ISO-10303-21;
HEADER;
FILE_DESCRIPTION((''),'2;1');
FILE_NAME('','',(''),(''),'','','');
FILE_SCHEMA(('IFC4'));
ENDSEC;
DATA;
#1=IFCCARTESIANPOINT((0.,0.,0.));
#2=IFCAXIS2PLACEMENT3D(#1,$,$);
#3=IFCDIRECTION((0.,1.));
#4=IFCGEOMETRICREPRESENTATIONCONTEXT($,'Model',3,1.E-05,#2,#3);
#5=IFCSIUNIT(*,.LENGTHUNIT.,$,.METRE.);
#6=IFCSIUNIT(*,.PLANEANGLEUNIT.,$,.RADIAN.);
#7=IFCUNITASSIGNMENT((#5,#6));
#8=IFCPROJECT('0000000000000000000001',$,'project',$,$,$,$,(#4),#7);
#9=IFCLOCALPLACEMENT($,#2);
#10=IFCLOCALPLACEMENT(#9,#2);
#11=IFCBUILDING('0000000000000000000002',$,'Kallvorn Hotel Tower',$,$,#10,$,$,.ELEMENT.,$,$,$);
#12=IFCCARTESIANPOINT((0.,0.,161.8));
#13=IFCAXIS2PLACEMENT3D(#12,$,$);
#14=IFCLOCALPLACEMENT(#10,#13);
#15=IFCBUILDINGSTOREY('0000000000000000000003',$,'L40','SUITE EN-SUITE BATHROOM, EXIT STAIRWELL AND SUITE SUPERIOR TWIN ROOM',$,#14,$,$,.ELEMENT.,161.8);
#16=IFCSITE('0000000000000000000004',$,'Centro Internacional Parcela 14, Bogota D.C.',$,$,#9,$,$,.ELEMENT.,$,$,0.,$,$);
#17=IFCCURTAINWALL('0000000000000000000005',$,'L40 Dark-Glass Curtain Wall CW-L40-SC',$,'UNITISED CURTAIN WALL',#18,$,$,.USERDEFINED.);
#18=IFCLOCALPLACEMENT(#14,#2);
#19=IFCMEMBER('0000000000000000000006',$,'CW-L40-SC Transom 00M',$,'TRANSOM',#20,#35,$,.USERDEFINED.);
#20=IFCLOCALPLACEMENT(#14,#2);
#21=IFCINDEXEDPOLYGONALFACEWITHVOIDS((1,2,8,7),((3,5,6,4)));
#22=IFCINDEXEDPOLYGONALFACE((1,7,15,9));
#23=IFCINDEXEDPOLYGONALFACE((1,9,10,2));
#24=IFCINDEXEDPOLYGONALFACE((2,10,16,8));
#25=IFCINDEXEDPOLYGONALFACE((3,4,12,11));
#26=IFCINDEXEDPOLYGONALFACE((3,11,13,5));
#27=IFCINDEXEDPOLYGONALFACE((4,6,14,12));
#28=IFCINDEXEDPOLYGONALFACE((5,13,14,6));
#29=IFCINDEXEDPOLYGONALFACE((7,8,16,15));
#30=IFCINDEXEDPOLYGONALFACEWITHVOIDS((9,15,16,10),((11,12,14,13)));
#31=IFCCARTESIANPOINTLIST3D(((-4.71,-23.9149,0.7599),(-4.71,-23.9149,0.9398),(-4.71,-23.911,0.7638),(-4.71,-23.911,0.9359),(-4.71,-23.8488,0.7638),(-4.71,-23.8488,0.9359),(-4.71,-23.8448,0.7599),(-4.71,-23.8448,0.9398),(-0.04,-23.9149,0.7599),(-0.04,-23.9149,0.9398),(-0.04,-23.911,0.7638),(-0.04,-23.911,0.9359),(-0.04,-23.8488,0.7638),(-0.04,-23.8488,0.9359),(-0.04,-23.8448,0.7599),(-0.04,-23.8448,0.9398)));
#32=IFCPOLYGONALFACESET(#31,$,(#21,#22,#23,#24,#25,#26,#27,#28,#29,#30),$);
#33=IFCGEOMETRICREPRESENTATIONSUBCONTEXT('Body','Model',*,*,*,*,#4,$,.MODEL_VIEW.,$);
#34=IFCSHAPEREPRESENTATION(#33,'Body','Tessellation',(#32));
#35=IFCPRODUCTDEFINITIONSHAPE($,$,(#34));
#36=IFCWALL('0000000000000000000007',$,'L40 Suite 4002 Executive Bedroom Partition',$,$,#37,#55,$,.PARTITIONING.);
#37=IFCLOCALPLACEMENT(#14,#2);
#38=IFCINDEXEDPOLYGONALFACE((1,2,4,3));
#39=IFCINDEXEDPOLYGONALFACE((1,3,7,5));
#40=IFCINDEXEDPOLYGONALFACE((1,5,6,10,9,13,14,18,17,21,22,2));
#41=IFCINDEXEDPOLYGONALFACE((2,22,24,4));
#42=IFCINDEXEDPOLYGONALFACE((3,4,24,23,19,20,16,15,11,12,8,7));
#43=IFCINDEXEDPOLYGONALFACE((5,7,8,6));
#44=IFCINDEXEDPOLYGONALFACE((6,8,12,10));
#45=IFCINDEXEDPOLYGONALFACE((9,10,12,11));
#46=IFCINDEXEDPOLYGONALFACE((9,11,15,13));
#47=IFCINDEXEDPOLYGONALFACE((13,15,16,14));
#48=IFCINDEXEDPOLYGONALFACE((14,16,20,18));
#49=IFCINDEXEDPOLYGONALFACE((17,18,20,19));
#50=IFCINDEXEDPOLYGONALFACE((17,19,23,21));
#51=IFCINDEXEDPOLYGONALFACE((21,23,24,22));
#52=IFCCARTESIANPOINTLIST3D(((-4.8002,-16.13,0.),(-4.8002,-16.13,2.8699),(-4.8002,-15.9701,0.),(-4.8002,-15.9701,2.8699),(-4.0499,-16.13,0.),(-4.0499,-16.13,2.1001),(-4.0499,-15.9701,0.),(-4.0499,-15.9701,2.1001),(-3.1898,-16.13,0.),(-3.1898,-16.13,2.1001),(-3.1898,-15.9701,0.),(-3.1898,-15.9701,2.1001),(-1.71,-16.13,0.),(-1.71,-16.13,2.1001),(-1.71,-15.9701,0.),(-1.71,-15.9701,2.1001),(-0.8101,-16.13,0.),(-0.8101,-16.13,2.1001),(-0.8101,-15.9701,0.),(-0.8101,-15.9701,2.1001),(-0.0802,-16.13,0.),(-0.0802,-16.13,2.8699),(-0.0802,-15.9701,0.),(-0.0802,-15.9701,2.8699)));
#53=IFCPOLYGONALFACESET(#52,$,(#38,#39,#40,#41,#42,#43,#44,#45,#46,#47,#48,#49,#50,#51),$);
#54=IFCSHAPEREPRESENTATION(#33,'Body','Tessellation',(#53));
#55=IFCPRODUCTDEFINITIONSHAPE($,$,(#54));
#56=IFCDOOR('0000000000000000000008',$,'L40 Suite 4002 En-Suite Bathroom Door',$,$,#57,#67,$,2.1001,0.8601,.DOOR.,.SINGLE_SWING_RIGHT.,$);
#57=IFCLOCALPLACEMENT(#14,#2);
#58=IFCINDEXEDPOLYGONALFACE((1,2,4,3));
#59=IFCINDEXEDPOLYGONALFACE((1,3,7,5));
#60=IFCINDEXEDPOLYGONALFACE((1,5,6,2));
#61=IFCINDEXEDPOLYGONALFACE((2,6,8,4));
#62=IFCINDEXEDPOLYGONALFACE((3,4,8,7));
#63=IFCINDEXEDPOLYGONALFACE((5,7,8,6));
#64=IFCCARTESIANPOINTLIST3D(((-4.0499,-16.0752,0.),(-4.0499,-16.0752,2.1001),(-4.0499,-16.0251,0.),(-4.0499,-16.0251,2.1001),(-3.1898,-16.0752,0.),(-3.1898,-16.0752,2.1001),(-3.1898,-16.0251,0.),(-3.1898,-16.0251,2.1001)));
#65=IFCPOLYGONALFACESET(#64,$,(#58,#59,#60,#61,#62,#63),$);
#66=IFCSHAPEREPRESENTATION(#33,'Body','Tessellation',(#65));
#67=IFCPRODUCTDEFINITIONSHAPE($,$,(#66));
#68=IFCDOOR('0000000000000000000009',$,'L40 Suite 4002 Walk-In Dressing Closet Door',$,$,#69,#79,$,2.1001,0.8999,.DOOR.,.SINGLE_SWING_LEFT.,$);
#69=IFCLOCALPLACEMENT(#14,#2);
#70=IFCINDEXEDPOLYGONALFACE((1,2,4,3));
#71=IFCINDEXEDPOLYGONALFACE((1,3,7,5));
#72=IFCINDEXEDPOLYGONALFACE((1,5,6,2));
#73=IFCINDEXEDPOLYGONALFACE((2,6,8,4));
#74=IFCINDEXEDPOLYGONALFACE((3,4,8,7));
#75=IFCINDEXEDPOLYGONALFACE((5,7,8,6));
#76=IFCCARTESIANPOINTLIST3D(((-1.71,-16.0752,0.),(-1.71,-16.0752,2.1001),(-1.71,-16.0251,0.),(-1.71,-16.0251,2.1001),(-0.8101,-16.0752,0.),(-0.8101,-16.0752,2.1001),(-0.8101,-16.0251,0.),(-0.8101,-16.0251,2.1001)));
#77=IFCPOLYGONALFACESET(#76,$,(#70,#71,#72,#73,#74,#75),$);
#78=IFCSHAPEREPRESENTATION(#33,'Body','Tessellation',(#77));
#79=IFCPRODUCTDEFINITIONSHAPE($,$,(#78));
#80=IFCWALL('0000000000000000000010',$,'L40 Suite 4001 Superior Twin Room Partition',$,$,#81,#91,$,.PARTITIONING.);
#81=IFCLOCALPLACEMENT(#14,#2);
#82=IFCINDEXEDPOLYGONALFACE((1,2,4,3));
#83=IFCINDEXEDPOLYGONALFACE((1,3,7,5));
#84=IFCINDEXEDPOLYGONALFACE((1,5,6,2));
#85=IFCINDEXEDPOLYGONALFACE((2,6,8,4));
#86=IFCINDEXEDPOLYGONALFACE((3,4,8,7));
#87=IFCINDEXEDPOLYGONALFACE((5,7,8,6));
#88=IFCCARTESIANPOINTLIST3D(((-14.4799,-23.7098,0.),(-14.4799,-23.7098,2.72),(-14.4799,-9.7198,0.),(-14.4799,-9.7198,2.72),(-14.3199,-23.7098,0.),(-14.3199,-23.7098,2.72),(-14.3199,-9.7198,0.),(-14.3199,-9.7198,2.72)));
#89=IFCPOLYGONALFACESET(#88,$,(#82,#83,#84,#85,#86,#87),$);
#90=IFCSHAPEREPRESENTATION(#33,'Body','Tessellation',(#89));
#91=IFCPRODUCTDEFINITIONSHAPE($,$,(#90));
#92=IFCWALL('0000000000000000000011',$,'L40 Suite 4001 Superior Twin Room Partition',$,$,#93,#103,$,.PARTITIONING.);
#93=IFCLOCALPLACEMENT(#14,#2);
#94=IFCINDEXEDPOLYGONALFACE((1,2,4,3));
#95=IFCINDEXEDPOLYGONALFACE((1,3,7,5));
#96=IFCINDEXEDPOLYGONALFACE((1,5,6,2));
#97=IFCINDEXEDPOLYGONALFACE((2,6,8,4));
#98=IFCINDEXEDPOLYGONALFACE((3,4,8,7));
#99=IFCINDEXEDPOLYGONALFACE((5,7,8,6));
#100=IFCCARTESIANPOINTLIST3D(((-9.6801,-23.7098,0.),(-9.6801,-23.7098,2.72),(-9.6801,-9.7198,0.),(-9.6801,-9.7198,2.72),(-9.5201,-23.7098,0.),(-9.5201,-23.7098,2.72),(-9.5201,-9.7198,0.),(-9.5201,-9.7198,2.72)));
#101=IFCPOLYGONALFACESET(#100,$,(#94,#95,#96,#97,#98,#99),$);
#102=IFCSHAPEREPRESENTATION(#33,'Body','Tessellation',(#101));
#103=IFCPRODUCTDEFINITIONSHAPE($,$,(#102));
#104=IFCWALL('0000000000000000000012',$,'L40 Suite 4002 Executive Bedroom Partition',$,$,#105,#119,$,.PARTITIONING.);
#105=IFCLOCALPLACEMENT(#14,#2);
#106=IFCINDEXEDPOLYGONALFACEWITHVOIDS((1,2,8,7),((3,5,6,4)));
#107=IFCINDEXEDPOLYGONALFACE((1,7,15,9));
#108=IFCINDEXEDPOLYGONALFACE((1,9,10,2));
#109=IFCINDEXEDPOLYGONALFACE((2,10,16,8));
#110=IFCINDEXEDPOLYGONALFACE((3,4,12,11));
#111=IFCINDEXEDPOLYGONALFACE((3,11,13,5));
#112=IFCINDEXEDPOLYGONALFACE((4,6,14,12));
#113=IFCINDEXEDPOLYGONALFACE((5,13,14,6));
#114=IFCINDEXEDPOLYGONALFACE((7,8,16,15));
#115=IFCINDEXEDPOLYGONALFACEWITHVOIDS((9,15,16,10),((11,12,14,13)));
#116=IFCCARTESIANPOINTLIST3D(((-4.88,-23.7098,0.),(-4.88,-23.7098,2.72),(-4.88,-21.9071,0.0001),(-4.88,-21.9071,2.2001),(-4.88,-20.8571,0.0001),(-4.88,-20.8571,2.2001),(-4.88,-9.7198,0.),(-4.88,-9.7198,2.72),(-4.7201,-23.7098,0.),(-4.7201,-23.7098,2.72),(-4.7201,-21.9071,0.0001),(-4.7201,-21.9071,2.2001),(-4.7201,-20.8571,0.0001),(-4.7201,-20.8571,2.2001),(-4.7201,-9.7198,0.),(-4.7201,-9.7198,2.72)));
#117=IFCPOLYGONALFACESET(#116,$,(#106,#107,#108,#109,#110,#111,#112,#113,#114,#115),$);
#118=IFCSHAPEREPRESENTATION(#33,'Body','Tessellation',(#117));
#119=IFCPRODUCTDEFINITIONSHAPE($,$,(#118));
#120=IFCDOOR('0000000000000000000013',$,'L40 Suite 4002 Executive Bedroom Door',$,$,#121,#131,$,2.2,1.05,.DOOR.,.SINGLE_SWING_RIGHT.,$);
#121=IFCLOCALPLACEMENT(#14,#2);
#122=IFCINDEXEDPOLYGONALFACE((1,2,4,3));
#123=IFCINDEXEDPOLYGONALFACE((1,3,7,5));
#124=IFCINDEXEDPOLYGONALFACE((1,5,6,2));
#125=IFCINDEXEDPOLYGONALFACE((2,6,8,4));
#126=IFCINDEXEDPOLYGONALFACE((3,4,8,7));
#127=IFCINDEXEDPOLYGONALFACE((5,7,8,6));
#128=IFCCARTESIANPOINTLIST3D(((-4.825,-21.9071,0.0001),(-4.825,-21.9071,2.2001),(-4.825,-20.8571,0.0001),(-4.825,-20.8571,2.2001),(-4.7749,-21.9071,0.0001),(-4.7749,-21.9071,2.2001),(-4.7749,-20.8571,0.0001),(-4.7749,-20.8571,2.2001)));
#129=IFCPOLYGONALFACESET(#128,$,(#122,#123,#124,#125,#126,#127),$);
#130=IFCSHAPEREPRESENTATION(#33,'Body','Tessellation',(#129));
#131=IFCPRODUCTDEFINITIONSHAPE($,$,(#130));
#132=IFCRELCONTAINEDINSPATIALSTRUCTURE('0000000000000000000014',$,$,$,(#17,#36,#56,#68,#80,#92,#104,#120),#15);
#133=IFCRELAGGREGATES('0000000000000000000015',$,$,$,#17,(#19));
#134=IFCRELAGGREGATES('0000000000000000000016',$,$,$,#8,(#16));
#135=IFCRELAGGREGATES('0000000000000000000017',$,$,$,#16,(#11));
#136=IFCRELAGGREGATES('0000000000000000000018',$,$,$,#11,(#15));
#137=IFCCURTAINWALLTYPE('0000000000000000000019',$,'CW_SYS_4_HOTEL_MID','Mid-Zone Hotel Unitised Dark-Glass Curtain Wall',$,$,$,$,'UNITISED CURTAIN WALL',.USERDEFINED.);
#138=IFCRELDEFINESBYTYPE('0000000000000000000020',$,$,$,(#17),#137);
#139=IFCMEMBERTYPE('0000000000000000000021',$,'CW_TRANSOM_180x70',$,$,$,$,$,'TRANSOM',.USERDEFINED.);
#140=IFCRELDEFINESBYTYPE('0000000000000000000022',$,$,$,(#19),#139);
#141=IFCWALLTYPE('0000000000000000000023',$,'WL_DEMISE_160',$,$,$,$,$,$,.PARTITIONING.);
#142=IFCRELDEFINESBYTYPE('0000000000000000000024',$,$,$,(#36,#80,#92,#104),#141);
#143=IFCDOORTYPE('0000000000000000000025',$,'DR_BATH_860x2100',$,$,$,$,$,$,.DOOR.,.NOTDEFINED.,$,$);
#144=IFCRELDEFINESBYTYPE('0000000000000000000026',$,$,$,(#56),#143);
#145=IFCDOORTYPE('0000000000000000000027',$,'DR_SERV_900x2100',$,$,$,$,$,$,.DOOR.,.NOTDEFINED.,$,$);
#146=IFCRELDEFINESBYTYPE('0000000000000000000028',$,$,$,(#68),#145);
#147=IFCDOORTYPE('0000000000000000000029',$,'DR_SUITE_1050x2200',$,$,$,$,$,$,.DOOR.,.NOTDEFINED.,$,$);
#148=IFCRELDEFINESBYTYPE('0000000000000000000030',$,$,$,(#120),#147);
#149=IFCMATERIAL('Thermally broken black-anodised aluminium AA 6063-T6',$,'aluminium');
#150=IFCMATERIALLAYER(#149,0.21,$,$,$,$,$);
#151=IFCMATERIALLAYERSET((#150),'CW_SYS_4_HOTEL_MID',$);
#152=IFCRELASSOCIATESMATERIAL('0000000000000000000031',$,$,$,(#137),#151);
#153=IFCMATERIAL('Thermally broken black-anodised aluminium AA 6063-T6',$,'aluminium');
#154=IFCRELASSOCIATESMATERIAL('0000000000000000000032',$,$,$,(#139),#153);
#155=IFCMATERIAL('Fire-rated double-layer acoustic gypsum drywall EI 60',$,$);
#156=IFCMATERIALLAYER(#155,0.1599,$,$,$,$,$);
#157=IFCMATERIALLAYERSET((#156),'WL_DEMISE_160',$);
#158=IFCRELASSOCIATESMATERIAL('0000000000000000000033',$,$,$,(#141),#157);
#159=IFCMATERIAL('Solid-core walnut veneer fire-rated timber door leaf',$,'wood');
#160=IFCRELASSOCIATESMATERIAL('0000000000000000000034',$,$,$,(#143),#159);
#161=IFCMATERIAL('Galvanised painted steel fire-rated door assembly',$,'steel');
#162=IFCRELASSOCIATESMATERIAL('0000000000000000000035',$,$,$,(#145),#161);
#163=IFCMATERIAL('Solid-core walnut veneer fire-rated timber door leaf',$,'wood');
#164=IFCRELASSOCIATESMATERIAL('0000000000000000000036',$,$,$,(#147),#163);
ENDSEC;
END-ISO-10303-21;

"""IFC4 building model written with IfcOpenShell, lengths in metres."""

from ifc_helpers import new_model, si_unit, direction, frame, frame_2d, origin, origin_2d, place, context, subcontext, project, spatial, rectangle, hollow_rectangle, extrude, material, layer, layer_set, material_profile, profile_set, type_object, element, fill, aggregate, save


model = new_model("IFC4")

# Units and contexts
model_context = context("Model", 3, precision=1e-05, world=origin(), true_north=direction((0.0, 1.0)))
body_context = subcontext(model_context, "Body", "Model", "MODEL_VIEW")
ifc_project = project(units=[si_unit("LENGTHUNIT", "METRE"), si_unit("PLANEANGLEUNIT", "RADIAN")], contexts=[model_context])

# Site, building, storey
site_placement = place(None, origin())
site = spatial("IfcSite", under=ifc_project, at=site_placement, Name="Centro Internacional Parcela 14, Bogota D.C.", CompositionType="ELEMENT", RefElevation=0.0)
building_placement = place(site_placement, origin())
building = spatial("IfcBuilding", under=site, at=building_placement, Name="Kallvorn Hotel Tower", CompositionType="ELEMENT")
storey_placement = place(building_placement, frame((0.0, 0.0, 161.8)))
storey = spatial("IfcBuildingStorey", under=building, at=storey_placement, Name="L40", Description="SUITE EN-SUITE BATHROOM, EXIT STAIRWELL AND SUITE SUPERIOR TWIN ROOM", CompositionType="ELEMENT", Elevation=161.8)

# Curtain wall, member
ifc_material_1 = material(Name="Thermally broken black-anodised aluminium AA 6063-T6", Category="aluminium")
ifc_layer_1 = layer(ifc_material_1, 0.21)
ifc_layer_set_1 = layer_set([ifc_layer_1], Name="CW_SYS_4_HOTEL_MID")
curtain_wall_type = type_object("IfcCurtainWallType", Name="CW_SYS_4_HOTEL_MID", Description="Mid-Zone Hotel Unitised Dark-Glass Curtain Wall", ElementType="UNITISED CURTAIN WALL", PredefinedType="USERDEFINED", material=ifc_layer_set_1)
curtain_wall_placement = place(storey_placement, origin())
curtain_wall = element("IfcCurtainWall", 1, at=curtain_wall_placement, inside=storey, type_object=curtain_wall_type, Name="L40 Dark-Glass Curtain Wall CW-L40-SC", ObjectType="UNITISED CURTAIN WALL", PredefinedType="USERDEFINED")
ifc_material_2 = material(Name="Thermally broken black-anodised aluminium AA 6063-T6", Category="aluminium")
ifc_material_profile_1 = material_profile(ifc_material_2, hollow_rectangle(XDim=0.0701, YDim=0.1799, WallThickness=0.0039, at=origin_2d()), Name="TRN 180x70")
ifc_profile_set_1 = profile_set([ifc_material_profile_1], Name="Thermally broken black-anodised aluminium AA 6063-T6")
member_type_1 = type_object("IfcMemberType", Name="CW_TRANSOM_180x70", ElementType="TRANSOM", PredefinedType="USERDEFINED", material=ifc_profile_set_1)
member_1_placement = place(storey_placement, frame((-4.71, -23.8799, 0.8499), z_axis=(1.0, 0.0, 0.0), x_axis=(0.0, 1.0, 0.0)))
member_1 = element("IfcMember", 2, at=member_1_placement, type_object=member_type_1, Name="CW-L40-SC Transom 00M", ObjectType="TRANSOM", PredefinedType="USERDEFINED", context=body_context, shape_type="SweptSolid", body=[
    extrude(hollow_rectangle(XDim=0.0701, YDim=0.1799, WallThickness=0.0039, at=origin_2d()), origin(), (0.0, 0.0, 1.0), 4.6699),
])
aggregate(curtain_wall, [member_1])

# Wall, openings, doors
ifc_material_3 = material(Name="Fire-rated double-layer acoustic gypsum drywall EI 60")
ifc_layer_2 = layer(ifc_material_3, 0.1599)
ifc_layer_set_2 = layer_set([ifc_layer_2], Name="WL_DEMISE_160")
wall_type = type_object("IfcWallType", Name="WL_DEMISE_160", PredefinedType="PARTITIONING", material=ifc_layer_set_2)
wall_1_placement = place(storey_placement, frame((-4.8, -16.05, 0.0), z_axis=(0.0, 0.0, 1.0), x_axis=(1.0, 0.0, 0.0)))
wall_1 = element("IfcWall", 3, at=wall_1_placement, inside=storey, type_object=wall_type, Name="L40 Suite 4002 Executive Bedroom Partition", PredefinedType="PARTITIONING", context=body_context, shape_type="SweptSolid", body=[
    extrude(rectangle(XDim=4.72, YDim=0.1599, at=frame_2d((2.3599, 0.0))), origin(), (0.0, 0.0, 1.0), 2.8699),
])
opening_1_placement = place(wall_1_placement, frame((0.75, 0.0, 0.0)))
opening_1 = element("IfcOpeningElement", 4, at=opening_1_placement, cuts=wall_1, PredefinedType="OPENING", context=body_context, shape_type="SweptSolid", body=[
    extrude(rectangle(XDim=0.8601, YDim=2.1001, at=frame_2d((0.4302, 1.05))), frame((0.0, 0.095, 0.0), z_axis=(0.0, -1.0, 0.0), x_axis=(1.0, 0.0, 0.0)), (0.0, 0.0, 1.0), 0.1899),
])
opening_2_placement = place(wall_1_placement, frame((3.0901, 0.0, 0.0)))
opening_2 = element("IfcOpeningElement", 5, at=opening_2_placement, cuts=wall_1, PredefinedType="OPENING", context=body_context, shape_type="SweptSolid", body=[
    extrude(rectangle(XDim=0.8999, YDim=2.1001, at=frame_2d((0.45, 1.05))), frame((0.0, 0.095, 0.0), z_axis=(0.0, -1.0, 0.0), x_axis=(1.0, 0.0, 0.0)), (0.0, 0.0, 1.0), 0.1899),
])
ifc_material_4 = material(Name="Solid-core walnut veneer fire-rated timber door leaf", Category="wood")
door_type_1 = type_object("IfcDoorType", Name="DR_BATH_860x2100", OperationType="NOTDEFINED", PredefinedType="DOOR", material=ifc_material_4)
door_1_placement = place(opening_1_placement, origin())
door_1 = element("IfcDoor", 6, at=door_1_placement, inside=storey, type_object=door_type_1, Name="L40 Suite 4002 En-Suite Bathroom Door", OperationType="SINGLE_SWING_RIGHT", OverallHeight=2.1001, OverallWidth=0.8601, PredefinedType="DOOR", context=body_context, shape_type="SweptSolid", body=[
    extrude(rectangle(XDim=0.8601, YDim=2.1001, at=frame_2d((0.4302, 1.05))), frame((0.0, 0.0249, 0.0), z_axis=(0.0, -1.0, 0.0), x_axis=(1.0, 0.0, 0.0)), (0.0, 0.0, 1.0), 0.05),
])
fill(opening_1, door_1)
ifc_material_5 = material(Name="Galvanised painted steel fire-rated door assembly", Category="steel")
door_type_2 = type_object("IfcDoorType", Name="DR_SERV_900x2100", OperationType="NOTDEFINED", PredefinedType="DOOR", material=ifc_material_5)
door_2_placement = place(opening_2_placement, origin())
door_2 = element("IfcDoor", 7, at=door_2_placement, inside=storey, type_object=door_type_2, Name="L40 Suite 4002 Walk-In Dressing Closet Door", OperationType="SINGLE_SWING_LEFT", OverallHeight=2.1001, OverallWidth=0.8999, PredefinedType="DOOR", context=body_context, shape_type="SweptSolid", body=[
    extrude(rectangle(XDim=0.8999, YDim=2.1001, at=frame_2d((0.45, 1.05))), frame((0.0, 0.0249, 0.0), z_axis=(0.0, -1.0, 0.0), x_axis=(1.0, 0.0, 0.0)), (0.0, 0.0, 1.0), 0.05),
])
fill(opening_2, door_2)

# Walls
for number, where, z_axis, x_axis, name in (
    (8, (-14.3999, -23.71, 0.0), (0.0, 0.0, 1.0), (0.0, 1.0, 0.0), "L40 Suite 4001 Superior Twin Room Partition"),
    (9, (-9.6001, -23.71, 0.0), (0.0, 0.0, 1.0), (0.0, 1.0, 0.0), "L40 Suite 4001 Superior Twin Room Partition"),
):
    element("IfcWall", number, at=place(storey_placement, frame(where, z_axis=z_axis, x_axis=x_axis)), inside=storey, type_object=wall_type, Name=name, PredefinedType="PARTITIONING", context=body_context, shape_type="SweptSolid", body=[
        extrude(rectangle(XDim=13.99, YDim=0.1599, at=frame_2d((6.9951, 0.0))), origin(), (0.0, 0.0, 1.0), 2.72),
    ])

# Wall, opening, door
wall_2_placement = place(storey_placement, frame((-4.8, -23.71, 0.0), z_axis=(0.0, 0.0, 1.0), x_axis=(0.0, 1.0, 0.0)))
wall_2 = element("IfcWall", 10, at=wall_2_placement, inside=storey, type_object=wall_type, Name="L40 Suite 4002 Executive Bedroom Partition", PredefinedType="PARTITIONING", context=body_context, shape_type="SweptSolid", body=[
    extrude(rectangle(XDim=13.99, YDim=0.1599, at=frame_2d((6.9951, 0.0))), origin(), (0.0, 0.0, 1.0), 2.72),
])
opening_3_placement = place(wall_2_placement, frame((1.803, 0.0, 0.0)))
opening_3 = element("IfcOpeningElement", 11, at=opening_3_placement, cuts=wall_2, PredefinedType="OPENING", context=body_context, shape_type="SweptSolid", body=[
    extrude(rectangle(XDim=1.05, YDim=2.2, at=frame_2d((0.5249, 1.1001))), frame((0.0, 0.095, 0.0), z_axis=(0.0, -1.0, 0.0), x_axis=(1.0, 0.0, 0.0)), (0.0, 0.0, 1.0), 0.1899),
])
ifc_material_6 = material(Name="Solid-core walnut veneer fire-rated timber door leaf", Category="wood")
door_type_3 = type_object("IfcDoorType", Name="DR_SUITE_1050x2200", OperationType="NOTDEFINED", PredefinedType="DOOR", material=ifc_material_6)
door_3_placement = place(opening_3_placement, origin())
door_3 = element("IfcDoor", 12, at=door_3_placement, inside=storey, type_object=door_type_3, Name="L40 Suite 4002 Executive Bedroom Door", OperationType="SINGLE_SWING_RIGHT", OverallHeight=2.2, OverallWidth=1.05, PredefinedType="DOOR", context=body_context, shape_type="SweptSolid", body=[
    extrude(rectangle(XDim=1.05, YDim=2.2, at=frame_2d((0.5249, 1.1001))), frame((0.0, 0.0249, 0.0), z_axis=(0.0, -1.0, 0.0), x_axis=(1.0, 0.0, 0.0)), (0.0, 0.0, 1.0), 0.05),
])
fill(opening_3, door_3)

save(model, "model.ifc")
